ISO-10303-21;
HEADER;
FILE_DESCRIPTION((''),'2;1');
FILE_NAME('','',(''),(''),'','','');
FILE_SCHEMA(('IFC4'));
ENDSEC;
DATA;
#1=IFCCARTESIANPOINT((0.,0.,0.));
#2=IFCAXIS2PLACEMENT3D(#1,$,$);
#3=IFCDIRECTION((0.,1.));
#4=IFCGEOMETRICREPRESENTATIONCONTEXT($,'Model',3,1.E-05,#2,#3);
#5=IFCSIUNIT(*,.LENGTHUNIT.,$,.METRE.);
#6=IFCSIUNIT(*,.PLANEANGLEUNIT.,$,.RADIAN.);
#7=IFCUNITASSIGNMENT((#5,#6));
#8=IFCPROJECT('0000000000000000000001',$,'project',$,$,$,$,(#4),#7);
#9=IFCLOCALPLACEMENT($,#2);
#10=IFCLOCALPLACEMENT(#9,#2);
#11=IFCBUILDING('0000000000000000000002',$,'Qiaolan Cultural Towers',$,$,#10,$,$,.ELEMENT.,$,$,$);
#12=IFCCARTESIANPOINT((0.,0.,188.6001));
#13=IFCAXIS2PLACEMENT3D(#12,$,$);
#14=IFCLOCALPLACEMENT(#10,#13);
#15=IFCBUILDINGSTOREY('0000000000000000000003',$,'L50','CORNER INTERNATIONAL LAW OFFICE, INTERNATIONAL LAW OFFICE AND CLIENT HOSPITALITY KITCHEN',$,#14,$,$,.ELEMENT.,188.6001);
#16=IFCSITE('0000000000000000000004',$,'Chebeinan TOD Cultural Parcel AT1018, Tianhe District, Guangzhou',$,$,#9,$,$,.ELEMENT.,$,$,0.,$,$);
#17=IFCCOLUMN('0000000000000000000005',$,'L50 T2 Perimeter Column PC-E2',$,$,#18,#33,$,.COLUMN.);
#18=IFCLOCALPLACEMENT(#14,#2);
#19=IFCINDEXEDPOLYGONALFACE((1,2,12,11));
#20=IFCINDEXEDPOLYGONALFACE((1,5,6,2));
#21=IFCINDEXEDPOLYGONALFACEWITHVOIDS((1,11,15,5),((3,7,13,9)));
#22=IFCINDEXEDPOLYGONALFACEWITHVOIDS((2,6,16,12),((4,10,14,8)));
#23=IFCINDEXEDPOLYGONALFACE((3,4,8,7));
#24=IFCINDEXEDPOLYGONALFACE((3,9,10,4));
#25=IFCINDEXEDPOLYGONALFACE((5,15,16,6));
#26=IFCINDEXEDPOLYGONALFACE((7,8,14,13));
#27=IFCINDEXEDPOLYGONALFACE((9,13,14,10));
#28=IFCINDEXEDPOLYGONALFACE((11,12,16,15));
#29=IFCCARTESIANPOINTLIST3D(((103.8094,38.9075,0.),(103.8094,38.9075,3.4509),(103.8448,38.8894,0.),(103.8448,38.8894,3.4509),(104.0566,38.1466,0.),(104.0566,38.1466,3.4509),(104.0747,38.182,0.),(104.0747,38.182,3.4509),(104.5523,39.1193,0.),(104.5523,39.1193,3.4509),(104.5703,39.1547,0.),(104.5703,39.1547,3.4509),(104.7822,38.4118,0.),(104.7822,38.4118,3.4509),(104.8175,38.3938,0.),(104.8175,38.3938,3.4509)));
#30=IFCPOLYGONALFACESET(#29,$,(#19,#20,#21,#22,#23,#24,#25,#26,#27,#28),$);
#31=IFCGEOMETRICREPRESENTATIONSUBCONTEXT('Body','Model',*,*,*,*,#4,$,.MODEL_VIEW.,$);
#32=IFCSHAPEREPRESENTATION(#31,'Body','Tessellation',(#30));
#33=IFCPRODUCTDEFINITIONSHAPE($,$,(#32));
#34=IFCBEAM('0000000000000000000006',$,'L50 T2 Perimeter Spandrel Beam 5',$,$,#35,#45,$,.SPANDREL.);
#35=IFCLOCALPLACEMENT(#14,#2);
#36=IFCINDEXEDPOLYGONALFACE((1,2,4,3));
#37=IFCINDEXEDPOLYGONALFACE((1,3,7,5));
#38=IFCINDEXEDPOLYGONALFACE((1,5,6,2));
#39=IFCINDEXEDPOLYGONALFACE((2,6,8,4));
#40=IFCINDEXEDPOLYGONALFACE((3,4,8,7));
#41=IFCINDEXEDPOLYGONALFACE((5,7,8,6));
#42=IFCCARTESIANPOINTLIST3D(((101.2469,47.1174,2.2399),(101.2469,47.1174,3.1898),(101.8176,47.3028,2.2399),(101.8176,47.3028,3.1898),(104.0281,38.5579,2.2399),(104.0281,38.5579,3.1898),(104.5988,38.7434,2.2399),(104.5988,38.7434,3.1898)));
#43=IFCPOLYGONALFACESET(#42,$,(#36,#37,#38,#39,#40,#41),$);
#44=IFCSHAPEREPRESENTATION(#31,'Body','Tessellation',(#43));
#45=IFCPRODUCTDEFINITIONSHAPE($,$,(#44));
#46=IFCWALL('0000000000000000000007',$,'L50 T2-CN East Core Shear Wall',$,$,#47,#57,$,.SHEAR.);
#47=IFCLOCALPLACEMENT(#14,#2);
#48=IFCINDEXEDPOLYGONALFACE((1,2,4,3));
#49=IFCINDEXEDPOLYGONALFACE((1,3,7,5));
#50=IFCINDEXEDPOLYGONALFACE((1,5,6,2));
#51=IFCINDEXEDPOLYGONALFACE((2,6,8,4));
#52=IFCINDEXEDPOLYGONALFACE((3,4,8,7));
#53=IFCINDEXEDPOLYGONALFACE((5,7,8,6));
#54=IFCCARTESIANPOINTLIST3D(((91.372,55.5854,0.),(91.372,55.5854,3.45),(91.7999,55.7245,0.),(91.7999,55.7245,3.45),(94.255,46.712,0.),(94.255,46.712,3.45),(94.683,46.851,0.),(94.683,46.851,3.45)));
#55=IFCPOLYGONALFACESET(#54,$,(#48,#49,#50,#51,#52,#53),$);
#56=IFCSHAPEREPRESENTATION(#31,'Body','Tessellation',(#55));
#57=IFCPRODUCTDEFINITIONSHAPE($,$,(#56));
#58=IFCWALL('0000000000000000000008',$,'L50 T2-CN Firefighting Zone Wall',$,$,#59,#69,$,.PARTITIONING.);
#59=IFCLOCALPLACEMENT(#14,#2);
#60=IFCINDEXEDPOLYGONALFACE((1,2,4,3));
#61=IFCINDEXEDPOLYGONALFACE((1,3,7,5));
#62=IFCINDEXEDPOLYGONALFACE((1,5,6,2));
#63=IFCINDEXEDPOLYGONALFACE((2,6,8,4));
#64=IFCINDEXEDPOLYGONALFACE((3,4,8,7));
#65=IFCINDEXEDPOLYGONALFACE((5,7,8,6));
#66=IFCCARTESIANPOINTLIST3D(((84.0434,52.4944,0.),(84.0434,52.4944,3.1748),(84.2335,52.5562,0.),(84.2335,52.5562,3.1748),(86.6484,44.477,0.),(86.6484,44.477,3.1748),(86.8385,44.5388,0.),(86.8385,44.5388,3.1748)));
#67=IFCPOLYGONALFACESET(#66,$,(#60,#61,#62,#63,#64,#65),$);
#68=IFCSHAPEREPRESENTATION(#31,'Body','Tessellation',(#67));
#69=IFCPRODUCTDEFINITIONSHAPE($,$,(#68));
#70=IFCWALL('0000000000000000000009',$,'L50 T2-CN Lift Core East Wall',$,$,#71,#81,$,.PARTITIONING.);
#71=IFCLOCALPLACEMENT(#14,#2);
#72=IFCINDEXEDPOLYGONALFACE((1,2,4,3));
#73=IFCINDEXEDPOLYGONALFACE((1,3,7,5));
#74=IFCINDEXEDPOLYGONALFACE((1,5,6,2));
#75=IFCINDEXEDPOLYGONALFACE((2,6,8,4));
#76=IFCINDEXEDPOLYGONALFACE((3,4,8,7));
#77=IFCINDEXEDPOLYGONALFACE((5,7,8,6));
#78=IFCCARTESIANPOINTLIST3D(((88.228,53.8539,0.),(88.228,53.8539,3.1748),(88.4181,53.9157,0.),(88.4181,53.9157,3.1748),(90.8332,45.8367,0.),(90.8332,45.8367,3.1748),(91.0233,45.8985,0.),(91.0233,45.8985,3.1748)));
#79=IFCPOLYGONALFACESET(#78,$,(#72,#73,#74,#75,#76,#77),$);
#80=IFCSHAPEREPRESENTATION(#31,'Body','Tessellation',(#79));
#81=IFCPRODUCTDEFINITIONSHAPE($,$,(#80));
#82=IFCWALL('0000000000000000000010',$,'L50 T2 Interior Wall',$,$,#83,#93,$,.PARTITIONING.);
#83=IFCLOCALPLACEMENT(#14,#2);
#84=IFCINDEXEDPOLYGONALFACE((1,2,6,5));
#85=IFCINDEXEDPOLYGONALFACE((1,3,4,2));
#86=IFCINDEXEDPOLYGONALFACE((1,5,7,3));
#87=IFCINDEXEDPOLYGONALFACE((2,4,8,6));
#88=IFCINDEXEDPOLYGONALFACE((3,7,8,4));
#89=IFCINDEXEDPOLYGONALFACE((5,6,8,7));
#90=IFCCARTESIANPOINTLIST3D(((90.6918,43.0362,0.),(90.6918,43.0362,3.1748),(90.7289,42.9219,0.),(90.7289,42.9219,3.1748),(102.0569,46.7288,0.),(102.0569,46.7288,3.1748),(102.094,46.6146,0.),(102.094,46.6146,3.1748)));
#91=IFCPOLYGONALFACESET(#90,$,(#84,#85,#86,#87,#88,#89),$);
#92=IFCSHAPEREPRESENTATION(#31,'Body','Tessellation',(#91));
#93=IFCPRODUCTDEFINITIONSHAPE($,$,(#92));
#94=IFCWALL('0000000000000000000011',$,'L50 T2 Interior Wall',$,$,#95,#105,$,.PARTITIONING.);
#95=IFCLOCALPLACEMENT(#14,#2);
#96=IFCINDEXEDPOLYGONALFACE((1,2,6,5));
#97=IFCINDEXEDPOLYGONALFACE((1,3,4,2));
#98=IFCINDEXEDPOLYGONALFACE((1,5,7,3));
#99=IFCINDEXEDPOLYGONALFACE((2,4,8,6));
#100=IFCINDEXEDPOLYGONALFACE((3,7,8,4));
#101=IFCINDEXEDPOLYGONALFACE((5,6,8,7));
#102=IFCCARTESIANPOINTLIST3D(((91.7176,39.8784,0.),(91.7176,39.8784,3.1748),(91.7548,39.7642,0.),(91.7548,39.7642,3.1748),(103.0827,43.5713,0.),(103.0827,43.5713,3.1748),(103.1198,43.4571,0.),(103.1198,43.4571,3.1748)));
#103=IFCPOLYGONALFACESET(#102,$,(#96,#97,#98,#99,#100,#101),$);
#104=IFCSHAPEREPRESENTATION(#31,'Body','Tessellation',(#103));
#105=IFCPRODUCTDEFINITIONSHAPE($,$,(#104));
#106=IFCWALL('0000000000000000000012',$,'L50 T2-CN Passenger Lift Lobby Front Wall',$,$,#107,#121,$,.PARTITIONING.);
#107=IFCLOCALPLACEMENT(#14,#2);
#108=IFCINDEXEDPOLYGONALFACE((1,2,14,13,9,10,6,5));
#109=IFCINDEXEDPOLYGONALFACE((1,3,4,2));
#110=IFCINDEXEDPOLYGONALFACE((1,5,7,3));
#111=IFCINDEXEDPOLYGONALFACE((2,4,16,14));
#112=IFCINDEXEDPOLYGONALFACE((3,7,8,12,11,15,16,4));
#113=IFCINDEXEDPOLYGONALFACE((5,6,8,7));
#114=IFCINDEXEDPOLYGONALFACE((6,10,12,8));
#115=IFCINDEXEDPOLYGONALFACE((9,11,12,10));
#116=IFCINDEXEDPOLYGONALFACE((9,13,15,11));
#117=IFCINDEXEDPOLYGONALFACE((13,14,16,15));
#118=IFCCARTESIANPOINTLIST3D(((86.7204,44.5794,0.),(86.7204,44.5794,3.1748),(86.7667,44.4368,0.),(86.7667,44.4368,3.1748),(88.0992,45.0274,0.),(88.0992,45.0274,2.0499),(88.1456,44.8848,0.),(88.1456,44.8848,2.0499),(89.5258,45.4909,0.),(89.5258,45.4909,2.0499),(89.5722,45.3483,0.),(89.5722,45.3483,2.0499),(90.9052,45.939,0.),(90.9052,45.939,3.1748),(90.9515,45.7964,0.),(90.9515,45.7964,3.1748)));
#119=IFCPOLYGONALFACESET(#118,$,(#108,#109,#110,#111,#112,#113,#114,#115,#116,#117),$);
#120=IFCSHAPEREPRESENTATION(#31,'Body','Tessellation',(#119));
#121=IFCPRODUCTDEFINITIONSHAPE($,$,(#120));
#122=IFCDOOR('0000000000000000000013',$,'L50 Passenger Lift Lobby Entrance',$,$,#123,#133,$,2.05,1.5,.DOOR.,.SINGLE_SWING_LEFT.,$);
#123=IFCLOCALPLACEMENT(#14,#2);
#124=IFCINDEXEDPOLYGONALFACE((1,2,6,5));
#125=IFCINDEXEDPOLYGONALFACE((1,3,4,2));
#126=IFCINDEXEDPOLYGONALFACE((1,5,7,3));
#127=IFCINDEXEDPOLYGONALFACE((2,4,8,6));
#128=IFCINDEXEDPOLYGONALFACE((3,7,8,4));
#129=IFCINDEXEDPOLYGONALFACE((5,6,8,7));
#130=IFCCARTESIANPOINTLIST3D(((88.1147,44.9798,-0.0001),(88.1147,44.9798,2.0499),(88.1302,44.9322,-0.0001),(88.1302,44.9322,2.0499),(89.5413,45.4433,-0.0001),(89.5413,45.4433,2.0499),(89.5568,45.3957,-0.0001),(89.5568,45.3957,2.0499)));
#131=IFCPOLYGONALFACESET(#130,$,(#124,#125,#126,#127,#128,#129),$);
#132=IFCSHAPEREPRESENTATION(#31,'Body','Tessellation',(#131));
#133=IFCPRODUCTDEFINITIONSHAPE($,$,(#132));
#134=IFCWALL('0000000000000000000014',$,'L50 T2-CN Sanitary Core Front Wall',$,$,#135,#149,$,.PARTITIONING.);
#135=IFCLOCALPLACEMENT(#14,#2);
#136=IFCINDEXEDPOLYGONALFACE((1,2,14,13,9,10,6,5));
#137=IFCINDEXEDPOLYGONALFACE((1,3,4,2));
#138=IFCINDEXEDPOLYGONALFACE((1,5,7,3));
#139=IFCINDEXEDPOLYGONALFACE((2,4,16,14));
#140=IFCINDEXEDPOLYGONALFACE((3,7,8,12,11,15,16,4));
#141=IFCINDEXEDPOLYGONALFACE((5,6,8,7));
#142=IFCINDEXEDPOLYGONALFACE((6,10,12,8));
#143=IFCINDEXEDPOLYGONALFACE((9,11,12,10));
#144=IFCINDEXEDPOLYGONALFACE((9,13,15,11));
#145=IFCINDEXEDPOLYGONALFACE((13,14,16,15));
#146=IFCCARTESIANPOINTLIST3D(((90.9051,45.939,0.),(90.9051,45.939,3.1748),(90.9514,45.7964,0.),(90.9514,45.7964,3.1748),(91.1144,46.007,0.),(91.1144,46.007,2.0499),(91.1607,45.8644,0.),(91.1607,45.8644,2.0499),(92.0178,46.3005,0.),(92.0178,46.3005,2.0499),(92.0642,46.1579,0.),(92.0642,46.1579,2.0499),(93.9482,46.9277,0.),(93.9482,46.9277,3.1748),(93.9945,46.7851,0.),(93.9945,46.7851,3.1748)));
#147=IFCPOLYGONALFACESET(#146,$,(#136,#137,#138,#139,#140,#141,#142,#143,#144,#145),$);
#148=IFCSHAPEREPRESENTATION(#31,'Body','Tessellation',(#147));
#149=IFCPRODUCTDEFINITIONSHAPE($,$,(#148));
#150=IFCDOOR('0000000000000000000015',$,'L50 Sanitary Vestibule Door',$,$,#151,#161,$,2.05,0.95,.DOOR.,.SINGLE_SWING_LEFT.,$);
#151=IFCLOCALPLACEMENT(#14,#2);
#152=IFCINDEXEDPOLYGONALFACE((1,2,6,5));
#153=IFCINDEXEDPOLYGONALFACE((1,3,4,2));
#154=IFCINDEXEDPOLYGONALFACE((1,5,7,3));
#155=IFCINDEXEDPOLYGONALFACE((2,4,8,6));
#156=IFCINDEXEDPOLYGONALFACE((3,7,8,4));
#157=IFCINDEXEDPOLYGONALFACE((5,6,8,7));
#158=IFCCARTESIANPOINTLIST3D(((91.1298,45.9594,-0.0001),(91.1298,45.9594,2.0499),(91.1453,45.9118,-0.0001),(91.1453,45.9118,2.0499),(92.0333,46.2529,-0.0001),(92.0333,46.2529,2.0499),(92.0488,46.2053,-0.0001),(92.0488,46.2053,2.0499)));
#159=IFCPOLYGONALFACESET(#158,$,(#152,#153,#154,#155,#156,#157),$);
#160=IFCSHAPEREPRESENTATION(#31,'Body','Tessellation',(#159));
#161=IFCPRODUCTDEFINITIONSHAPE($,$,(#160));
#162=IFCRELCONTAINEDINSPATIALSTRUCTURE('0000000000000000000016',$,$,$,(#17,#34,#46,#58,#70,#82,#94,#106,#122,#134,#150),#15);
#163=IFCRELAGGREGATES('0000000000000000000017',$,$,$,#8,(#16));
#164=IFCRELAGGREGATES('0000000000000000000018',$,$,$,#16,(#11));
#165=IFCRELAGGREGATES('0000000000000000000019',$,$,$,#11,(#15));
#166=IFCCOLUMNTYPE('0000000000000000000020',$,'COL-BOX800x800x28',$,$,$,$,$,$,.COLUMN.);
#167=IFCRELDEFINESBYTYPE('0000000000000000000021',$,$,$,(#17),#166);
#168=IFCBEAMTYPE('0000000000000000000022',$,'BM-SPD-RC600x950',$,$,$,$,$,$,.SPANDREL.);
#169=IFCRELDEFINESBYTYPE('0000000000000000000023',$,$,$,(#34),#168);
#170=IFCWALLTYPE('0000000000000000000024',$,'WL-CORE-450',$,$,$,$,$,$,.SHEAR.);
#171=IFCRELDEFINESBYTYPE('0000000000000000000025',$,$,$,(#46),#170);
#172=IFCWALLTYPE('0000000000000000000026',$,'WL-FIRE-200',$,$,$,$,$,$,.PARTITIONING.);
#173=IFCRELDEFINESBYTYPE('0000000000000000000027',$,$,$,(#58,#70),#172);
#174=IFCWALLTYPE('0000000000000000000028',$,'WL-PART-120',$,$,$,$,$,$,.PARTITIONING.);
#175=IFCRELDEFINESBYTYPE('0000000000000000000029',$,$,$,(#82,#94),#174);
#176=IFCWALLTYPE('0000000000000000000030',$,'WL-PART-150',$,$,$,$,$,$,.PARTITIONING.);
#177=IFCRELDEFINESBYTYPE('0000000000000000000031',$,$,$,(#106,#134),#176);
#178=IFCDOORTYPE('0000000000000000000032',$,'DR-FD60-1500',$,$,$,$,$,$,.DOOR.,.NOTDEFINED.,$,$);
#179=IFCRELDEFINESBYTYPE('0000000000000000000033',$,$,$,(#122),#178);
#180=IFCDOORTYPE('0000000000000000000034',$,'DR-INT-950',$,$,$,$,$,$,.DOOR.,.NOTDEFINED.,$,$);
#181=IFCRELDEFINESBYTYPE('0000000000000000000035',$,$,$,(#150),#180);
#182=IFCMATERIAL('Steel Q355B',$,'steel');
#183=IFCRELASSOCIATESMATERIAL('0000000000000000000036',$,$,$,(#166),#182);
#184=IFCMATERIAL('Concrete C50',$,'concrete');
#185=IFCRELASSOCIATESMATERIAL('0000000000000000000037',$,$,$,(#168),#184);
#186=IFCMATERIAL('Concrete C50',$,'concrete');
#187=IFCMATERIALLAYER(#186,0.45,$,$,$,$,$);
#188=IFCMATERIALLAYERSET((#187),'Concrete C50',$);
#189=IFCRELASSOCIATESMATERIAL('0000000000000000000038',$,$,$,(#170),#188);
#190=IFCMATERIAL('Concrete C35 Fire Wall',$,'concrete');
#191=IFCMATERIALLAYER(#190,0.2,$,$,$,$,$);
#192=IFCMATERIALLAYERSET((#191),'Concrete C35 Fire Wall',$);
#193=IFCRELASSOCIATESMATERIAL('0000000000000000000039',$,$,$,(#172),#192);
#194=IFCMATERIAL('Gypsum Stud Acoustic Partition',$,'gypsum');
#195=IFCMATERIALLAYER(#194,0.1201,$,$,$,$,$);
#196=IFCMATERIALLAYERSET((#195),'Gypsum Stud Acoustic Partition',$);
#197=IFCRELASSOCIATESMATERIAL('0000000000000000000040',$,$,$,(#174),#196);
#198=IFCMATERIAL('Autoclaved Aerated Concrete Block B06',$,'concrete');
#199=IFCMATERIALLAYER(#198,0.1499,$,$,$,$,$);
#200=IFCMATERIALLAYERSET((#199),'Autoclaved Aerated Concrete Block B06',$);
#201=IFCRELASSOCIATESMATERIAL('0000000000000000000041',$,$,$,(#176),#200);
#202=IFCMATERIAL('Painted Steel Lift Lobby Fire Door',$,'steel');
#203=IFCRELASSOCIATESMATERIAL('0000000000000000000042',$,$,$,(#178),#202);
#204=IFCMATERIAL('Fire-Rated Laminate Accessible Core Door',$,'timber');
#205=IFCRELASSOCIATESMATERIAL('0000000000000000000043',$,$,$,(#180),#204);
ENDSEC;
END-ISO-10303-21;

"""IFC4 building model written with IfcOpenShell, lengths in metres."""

from ifc_helpers import new_model, si_unit, direction, frame, frame_2d, origin, origin_2d, place, context, subcontext, project, spatial, rectangle, hollow_rectangle, extrude, material, layer, layer_set, material_profile, profile_set, type_object, element, fill, save


model = new_model("IFC4")

# Units and contexts
model_context = context("Model", 3, precision=1e-05, world=origin(), true_north=direction((0.0, 1.0)))
body_context = subcontext(model_context, "Body", "Model", "MODEL_VIEW")
ifc_project = project(units=[si_unit("LENGTHUNIT", "METRE"), si_unit("PLANEANGLEUNIT", "RADIAN")], contexts=[model_context])

# Site, building, storey
site_placement = place(None, origin())
site = spatial("IfcSite", under=ifc_project, at=site_placement, Name="Chebeinan TOD Cultural Parcel AT1018, Tianhe District, Guangzhou", CompositionType="ELEMENT", RefElevation=0.0)
building_placement = place(site_placement, origin())
building = spatial("IfcBuilding", under=site, at=building_placement, Name="Qiaolan Cultural Towers", CompositionType="ELEMENT")
storey_placement = place(building_placement, frame((0.0, 0.0, 188.6001)))
storey = spatial("IfcBuildingStorey", under=building, at=storey_placement, Name="L50", Description="CORNER INTERNATIONAL LAW OFFICE, INTERNATIONAL LAW OFFICE AND CLIENT HOSPITALITY KITCHEN", CompositionType="ELEMENT", Elevation=188.6001)

# Column
ifc_material_1 = material(Name="Steel Q355B", Category="steel")
ifc_material_profile_1 = material_profile(ifc_material_1, hollow_rectangle(XDim=0.8, YDim=0.8, WallThickness=0.0281, at=origin_2d()), Name="BOX800x800x28")
ifc_profile_set_1 = profile_set([ifc_material_profile_1], Name="Steel Q355B")
column_type = type_object("IfcColumnType", Name="COL-BOX800x800x28", PredefinedType="COLUMN", material=ifc_profile_set_1)
column_placement = place(storey_placement, frame((104.3135, 38.6506, 0.0), z_axis=(0.0, 0.0, 1.0), x_axis=(0.951057, 0.309017, 0.0)))
element("IfcColumn", 1, at=column_placement, inside=storey, type_object=column_type, Name="L50 T2 Perimeter Column PC-E2", PredefinedType="COLUMN", context=body_context, shape_type="SweptSolid", body=[
    extrude(hollow_rectangle(XDim=0.8, YDim=0.8, WallThickness=0.0281, at=origin_2d()), origin(), (0.0, 0.0, 1.0), 3.4509),
])

# Beam
ifc_material_2 = material(Name="Concrete C50", Category="concrete")
ifc_material_profile_2 = material_profile(ifc_material_2, rectangle(XDim=0.6001, YDim=0.95, at=origin_2d()), Name="RC600x950")
ifc_profile_set_2 = profile_set([ifc_material_profile_2], Name="Concrete C50")
beam_type = type_object("IfcBeamType", Name="BM-SPD-RC600x950", PredefinedType="SPANDREL", material=ifc_profile_set_2)
beam_placement = place(storey_placement, frame((104.3135, 38.6506, 2.7148), z_axis=(-0.309025, 0.951054, 0.0), x_axis=(-0.951054, -0.309025, 0.0)))
element("IfcBeam", 2, at=beam_placement, inside=storey, type_object=beam_type, Name="L50 T2 Perimeter Spandrel Beam 5", PredefinedType="SPANDREL", context=body_context, shape_type="SweptSolid", body=[
    extrude(rectangle(XDim=0.6001, YDim=0.95, at=origin_2d()), origin(), (0.0, 0.0, 1.0), 9.0),
])

# Walls
ifc_material_3 = material(Name="Concrete C50", Category="concrete")
ifc_layer_1 = layer(ifc_material_3, 0.45)
ifc_layer_set_1 = layer_set([ifc_layer_1], Name="Concrete C50")
wall_type_1 = type_object("IfcWallType", Name="WL-CORE-450", PredefinedType="SHEAR", material=ifc_layer_set_1)
wall_1_placement = place(storey_placement, frame((94.469, 46.7815, 0.0), z_axis=(0.0, 0.0, 1.0), x_axis=(-0.309004, 0.951061, 0.0)))
element("IfcWall", 3, at=wall_1_placement, inside=storey, type_object=wall_type_1, Name="L50 T2-CN East Core Shear Wall", PredefinedType="SHEAR", context=body_context, shape_type="SweptSolid", body=[
    extrude(rectangle(XDim=9.3301, YDim=0.45, at=frame_2d((4.665, 0.0))), origin(), (0.0, 0.0, 1.0), 3.45),
])
ifc_material_4 = material(Name="Concrete C35 Fire Wall", Category="concrete")
ifc_layer_2 = layer(ifc_material_4, 0.2)
ifc_layer_set_2 = layer_set([ifc_layer_2], Name="Concrete C35 Fire Wall")
wall_type_2 = type_object("IfcWallType", Name="WL-FIRE-200", PredefinedType="PARTITIONING", material=ifc_layer_set_2)
for number, where, z_axis, x_axis, name in (
    (4, (86.7434, 44.5081, 0.0), (0.0, 0.0, 1.0), (-0.309016, 0.951057, 0.0), "L50 T2-CN Firefighting Zone Wall"),
    (5, (90.9282, 45.8677, 0.0), (0.0, 0.0, 1.0), (-0.309042, 0.951048, 0.0), "L50 T2-CN Lift Core East Wall"),
):
    element("IfcWall", number, at=place(storey_placement, frame(where, z_axis=z_axis, x_axis=x_axis)), inside=storey, type_object=wall_type_2, Name=name, PredefinedType="PARTITIONING", context=body_context, shape_type="SweptSolid", body=[
        extrude(rectangle(XDim=8.4299, YDim=0.2, at=frame_2d((4.2148, 0.0))), origin(), (0.0, 0.0, 1.0), 3.1748),
    ])
ifc_material_5 = material(Name="Gypsum Stud Acoustic Partition", Category="gypsum")
ifc_layer_3 = layer(ifc_material_5, 0.1201)
ifc_layer_set_3 = layer_set([ifc_layer_3], Name="Gypsum Stud Acoustic Partition")
wall_type_3 = type_object("IfcWallType", Name="WL-PART-120", PredefinedType="PARTITIONING", material=ifc_layer_set_3)
for number, where, z_axis, x_axis, name in (
    (6, (90.7102, 42.979, 0.0), (0.0, 0.0, 1.0), (0.951059, 0.309011, 0.0), "L50 T2 Interior Wall"),
    (7, (91.7361, 39.8213, 0.0), (0.0, 0.0, 1.0), (0.951053, 0.309029, 0.0), "L50 T2 Interior Wall"),
):
    element("IfcWall", number, at=place(storey_placement, frame(where, z_axis=z_axis, x_axis=x_axis)), inside=storey, type_object=wall_type_3, Name=name, PredefinedType="PARTITIONING", context=body_context, shape_type="SweptSolid", body=[
        extrude(rectangle(XDim=11.95, YDim=0.1201, at=frame_2d((5.9751, 0.0))), origin(), (0.0, 0.0, 1.0), 3.1748),
    ])

# Walls, openings, doors
ifc_material_6 = material(Name="Autoclaved Aerated Concrete Block B06", Category="concrete")
ifc_layer_4 = layer(ifc_material_6, 0.1499)
ifc_layer_set_4 = layer_set([ifc_layer_4], Name="Autoclaved Aerated Concrete Block B06")
wall_type_4 = type_object("IfcWallType", Name="WL-PART-150", PredefinedType="PARTITIONING", material=ifc_layer_set_4)
wall_2_placement = place(storey_placement, frame((86.7434, 44.5081, 0.0), z_axis=(0.0, 0.0, 1.0), x_axis=(0.951064, 0.308994, 0.0)))
wall_2 = element("IfcWall", 8, at=wall_2_placement, inside=storey, type_object=wall_type_4, Name="L50 T2-CN Passenger Lift Lobby Front Wall", PredefinedType="PARTITIONING", context=body_context, shape_type="SweptSolid", body=[
    extrude(rectangle(XDim=4.4001, YDim=0.1499, at=frame_2d((2.2002, 0.0))), origin(), (0.0, 0.0, 1.0), 3.1748),
])
opening_1_placement = place(wall_2_placement, frame((1.45, 0.0, 0.0)))
opening_1 = element("IfcOpeningElement", 9, at=opening_1_placement, cuts=wall_2, PredefinedType="OPENING", context=body_context, shape_type="SweptSolid", body=[
    extrude(rectangle(XDim=1.5, YDim=2.05, at=frame_2d((0.75, 1.0249))), frame((0.0, 0.085, 0.0), z_axis=(0.0, -1.0, 0.0), x_axis=(1.0, 0.0, 0.0)), (0.0, 0.0, 1.0), 0.1699),
])
ifc_material_7 = material(Name="Painted Steel Lift Lobby Fire Door", Category="steel")
door_type_1 = type_object("IfcDoorType", Name="DR-FD60-1500", OperationType="NOTDEFINED", PredefinedType="DOOR", material=ifc_material_7)
door_1_placement = place(opening_1_placement, origin())
door_1 = element("IfcDoor", 10, at=door_1_placement, inside=storey, type_object=door_type_1, Name="L50 Passenger Lift Lobby Entrance", OperationType="SINGLE_SWING_LEFT", OverallHeight=2.05, OverallWidth=1.5, PredefinedType="DOOR", context=body_context, shape_type="SweptSolid", body=[
    extrude(rectangle(XDim=1.5, YDim=2.05, at=frame_2d((0.75, 1.0249))), frame((0.0, 0.0249, 0.0), z_axis=(0.0, -1.0, 0.0), x_axis=(1.0, 0.0, 0.0)), (0.0, 0.0, 1.0), 0.05),
])
fill(opening_1, door_1)
wall_3_placement = place(storey_placement, frame((90.9282, 45.8677, 0.0), z_axis=(0.0, 0.0, 1.0), x_axis=(0.951059, 0.309008, 0.0)))
wall_3 = element("IfcWall", 11, at=wall_3_placement, inside=storey, type_object=wall_type_4, Name="L50 T2-CN Sanitary Core Front Wall", PredefinedType="PARTITIONING", context=body_context, shape_type="SweptSolid", body=[
    extrude(rectangle(XDim=3.1997, YDim=0.1499, at=frame_2d((1.5999, 0.0))), origin(), (0.0, 0.0, 1.0), 3.1748),
])
opening_2_placement = place(wall_3_placement, frame((0.22, 0.0, 0.0)))
opening_2 = element("IfcOpeningElement", 12, at=opening_2_placement, cuts=wall_3, PredefinedType="OPENING", context=body_context, shape_type="SweptSolid", body=[
    extrude(rectangle(XDim=0.95, YDim=2.05, at=frame_2d((0.4751, 1.0249))), frame((0.0, 0.085, 0.0), z_axis=(0.0, -1.0, 0.0), x_axis=(1.0, 0.0, 0.0)), (0.0, 0.0, 1.0), 0.1699),
])
ifc_material_8 = material(Name="Fire-Rated Laminate Accessible Core Door", Category="timber")
door_type_2 = type_object("IfcDoorType", Name="DR-INT-950", OperationType="NOTDEFINED", PredefinedType="DOOR", material=ifc_material_8)
door_2_placement = place(opening_2_placement, origin())
door_2 = element("IfcDoor", 13, at=door_2_placement, inside=storey, type_object=door_type_2, Name="L50 Sanitary Vestibule Door", OperationType="SINGLE_SWING_LEFT", OverallHeight=2.05, OverallWidth=0.95, PredefinedType="DOOR", context=body_context, shape_type="SweptSolid", body=[
    extrude(rectangle(XDim=0.95, YDim=2.05, at=frame_2d((0.4751, 1.0249))), frame((0.0, 0.0249, 0.0), z_axis=(0.0, -1.0, 0.0), x_axis=(1.0, 0.0, 0.0)), (0.0, 0.0, 1.0), 0.05),
])
fill(opening_2, door_2)

save(model, "model.ifc")
